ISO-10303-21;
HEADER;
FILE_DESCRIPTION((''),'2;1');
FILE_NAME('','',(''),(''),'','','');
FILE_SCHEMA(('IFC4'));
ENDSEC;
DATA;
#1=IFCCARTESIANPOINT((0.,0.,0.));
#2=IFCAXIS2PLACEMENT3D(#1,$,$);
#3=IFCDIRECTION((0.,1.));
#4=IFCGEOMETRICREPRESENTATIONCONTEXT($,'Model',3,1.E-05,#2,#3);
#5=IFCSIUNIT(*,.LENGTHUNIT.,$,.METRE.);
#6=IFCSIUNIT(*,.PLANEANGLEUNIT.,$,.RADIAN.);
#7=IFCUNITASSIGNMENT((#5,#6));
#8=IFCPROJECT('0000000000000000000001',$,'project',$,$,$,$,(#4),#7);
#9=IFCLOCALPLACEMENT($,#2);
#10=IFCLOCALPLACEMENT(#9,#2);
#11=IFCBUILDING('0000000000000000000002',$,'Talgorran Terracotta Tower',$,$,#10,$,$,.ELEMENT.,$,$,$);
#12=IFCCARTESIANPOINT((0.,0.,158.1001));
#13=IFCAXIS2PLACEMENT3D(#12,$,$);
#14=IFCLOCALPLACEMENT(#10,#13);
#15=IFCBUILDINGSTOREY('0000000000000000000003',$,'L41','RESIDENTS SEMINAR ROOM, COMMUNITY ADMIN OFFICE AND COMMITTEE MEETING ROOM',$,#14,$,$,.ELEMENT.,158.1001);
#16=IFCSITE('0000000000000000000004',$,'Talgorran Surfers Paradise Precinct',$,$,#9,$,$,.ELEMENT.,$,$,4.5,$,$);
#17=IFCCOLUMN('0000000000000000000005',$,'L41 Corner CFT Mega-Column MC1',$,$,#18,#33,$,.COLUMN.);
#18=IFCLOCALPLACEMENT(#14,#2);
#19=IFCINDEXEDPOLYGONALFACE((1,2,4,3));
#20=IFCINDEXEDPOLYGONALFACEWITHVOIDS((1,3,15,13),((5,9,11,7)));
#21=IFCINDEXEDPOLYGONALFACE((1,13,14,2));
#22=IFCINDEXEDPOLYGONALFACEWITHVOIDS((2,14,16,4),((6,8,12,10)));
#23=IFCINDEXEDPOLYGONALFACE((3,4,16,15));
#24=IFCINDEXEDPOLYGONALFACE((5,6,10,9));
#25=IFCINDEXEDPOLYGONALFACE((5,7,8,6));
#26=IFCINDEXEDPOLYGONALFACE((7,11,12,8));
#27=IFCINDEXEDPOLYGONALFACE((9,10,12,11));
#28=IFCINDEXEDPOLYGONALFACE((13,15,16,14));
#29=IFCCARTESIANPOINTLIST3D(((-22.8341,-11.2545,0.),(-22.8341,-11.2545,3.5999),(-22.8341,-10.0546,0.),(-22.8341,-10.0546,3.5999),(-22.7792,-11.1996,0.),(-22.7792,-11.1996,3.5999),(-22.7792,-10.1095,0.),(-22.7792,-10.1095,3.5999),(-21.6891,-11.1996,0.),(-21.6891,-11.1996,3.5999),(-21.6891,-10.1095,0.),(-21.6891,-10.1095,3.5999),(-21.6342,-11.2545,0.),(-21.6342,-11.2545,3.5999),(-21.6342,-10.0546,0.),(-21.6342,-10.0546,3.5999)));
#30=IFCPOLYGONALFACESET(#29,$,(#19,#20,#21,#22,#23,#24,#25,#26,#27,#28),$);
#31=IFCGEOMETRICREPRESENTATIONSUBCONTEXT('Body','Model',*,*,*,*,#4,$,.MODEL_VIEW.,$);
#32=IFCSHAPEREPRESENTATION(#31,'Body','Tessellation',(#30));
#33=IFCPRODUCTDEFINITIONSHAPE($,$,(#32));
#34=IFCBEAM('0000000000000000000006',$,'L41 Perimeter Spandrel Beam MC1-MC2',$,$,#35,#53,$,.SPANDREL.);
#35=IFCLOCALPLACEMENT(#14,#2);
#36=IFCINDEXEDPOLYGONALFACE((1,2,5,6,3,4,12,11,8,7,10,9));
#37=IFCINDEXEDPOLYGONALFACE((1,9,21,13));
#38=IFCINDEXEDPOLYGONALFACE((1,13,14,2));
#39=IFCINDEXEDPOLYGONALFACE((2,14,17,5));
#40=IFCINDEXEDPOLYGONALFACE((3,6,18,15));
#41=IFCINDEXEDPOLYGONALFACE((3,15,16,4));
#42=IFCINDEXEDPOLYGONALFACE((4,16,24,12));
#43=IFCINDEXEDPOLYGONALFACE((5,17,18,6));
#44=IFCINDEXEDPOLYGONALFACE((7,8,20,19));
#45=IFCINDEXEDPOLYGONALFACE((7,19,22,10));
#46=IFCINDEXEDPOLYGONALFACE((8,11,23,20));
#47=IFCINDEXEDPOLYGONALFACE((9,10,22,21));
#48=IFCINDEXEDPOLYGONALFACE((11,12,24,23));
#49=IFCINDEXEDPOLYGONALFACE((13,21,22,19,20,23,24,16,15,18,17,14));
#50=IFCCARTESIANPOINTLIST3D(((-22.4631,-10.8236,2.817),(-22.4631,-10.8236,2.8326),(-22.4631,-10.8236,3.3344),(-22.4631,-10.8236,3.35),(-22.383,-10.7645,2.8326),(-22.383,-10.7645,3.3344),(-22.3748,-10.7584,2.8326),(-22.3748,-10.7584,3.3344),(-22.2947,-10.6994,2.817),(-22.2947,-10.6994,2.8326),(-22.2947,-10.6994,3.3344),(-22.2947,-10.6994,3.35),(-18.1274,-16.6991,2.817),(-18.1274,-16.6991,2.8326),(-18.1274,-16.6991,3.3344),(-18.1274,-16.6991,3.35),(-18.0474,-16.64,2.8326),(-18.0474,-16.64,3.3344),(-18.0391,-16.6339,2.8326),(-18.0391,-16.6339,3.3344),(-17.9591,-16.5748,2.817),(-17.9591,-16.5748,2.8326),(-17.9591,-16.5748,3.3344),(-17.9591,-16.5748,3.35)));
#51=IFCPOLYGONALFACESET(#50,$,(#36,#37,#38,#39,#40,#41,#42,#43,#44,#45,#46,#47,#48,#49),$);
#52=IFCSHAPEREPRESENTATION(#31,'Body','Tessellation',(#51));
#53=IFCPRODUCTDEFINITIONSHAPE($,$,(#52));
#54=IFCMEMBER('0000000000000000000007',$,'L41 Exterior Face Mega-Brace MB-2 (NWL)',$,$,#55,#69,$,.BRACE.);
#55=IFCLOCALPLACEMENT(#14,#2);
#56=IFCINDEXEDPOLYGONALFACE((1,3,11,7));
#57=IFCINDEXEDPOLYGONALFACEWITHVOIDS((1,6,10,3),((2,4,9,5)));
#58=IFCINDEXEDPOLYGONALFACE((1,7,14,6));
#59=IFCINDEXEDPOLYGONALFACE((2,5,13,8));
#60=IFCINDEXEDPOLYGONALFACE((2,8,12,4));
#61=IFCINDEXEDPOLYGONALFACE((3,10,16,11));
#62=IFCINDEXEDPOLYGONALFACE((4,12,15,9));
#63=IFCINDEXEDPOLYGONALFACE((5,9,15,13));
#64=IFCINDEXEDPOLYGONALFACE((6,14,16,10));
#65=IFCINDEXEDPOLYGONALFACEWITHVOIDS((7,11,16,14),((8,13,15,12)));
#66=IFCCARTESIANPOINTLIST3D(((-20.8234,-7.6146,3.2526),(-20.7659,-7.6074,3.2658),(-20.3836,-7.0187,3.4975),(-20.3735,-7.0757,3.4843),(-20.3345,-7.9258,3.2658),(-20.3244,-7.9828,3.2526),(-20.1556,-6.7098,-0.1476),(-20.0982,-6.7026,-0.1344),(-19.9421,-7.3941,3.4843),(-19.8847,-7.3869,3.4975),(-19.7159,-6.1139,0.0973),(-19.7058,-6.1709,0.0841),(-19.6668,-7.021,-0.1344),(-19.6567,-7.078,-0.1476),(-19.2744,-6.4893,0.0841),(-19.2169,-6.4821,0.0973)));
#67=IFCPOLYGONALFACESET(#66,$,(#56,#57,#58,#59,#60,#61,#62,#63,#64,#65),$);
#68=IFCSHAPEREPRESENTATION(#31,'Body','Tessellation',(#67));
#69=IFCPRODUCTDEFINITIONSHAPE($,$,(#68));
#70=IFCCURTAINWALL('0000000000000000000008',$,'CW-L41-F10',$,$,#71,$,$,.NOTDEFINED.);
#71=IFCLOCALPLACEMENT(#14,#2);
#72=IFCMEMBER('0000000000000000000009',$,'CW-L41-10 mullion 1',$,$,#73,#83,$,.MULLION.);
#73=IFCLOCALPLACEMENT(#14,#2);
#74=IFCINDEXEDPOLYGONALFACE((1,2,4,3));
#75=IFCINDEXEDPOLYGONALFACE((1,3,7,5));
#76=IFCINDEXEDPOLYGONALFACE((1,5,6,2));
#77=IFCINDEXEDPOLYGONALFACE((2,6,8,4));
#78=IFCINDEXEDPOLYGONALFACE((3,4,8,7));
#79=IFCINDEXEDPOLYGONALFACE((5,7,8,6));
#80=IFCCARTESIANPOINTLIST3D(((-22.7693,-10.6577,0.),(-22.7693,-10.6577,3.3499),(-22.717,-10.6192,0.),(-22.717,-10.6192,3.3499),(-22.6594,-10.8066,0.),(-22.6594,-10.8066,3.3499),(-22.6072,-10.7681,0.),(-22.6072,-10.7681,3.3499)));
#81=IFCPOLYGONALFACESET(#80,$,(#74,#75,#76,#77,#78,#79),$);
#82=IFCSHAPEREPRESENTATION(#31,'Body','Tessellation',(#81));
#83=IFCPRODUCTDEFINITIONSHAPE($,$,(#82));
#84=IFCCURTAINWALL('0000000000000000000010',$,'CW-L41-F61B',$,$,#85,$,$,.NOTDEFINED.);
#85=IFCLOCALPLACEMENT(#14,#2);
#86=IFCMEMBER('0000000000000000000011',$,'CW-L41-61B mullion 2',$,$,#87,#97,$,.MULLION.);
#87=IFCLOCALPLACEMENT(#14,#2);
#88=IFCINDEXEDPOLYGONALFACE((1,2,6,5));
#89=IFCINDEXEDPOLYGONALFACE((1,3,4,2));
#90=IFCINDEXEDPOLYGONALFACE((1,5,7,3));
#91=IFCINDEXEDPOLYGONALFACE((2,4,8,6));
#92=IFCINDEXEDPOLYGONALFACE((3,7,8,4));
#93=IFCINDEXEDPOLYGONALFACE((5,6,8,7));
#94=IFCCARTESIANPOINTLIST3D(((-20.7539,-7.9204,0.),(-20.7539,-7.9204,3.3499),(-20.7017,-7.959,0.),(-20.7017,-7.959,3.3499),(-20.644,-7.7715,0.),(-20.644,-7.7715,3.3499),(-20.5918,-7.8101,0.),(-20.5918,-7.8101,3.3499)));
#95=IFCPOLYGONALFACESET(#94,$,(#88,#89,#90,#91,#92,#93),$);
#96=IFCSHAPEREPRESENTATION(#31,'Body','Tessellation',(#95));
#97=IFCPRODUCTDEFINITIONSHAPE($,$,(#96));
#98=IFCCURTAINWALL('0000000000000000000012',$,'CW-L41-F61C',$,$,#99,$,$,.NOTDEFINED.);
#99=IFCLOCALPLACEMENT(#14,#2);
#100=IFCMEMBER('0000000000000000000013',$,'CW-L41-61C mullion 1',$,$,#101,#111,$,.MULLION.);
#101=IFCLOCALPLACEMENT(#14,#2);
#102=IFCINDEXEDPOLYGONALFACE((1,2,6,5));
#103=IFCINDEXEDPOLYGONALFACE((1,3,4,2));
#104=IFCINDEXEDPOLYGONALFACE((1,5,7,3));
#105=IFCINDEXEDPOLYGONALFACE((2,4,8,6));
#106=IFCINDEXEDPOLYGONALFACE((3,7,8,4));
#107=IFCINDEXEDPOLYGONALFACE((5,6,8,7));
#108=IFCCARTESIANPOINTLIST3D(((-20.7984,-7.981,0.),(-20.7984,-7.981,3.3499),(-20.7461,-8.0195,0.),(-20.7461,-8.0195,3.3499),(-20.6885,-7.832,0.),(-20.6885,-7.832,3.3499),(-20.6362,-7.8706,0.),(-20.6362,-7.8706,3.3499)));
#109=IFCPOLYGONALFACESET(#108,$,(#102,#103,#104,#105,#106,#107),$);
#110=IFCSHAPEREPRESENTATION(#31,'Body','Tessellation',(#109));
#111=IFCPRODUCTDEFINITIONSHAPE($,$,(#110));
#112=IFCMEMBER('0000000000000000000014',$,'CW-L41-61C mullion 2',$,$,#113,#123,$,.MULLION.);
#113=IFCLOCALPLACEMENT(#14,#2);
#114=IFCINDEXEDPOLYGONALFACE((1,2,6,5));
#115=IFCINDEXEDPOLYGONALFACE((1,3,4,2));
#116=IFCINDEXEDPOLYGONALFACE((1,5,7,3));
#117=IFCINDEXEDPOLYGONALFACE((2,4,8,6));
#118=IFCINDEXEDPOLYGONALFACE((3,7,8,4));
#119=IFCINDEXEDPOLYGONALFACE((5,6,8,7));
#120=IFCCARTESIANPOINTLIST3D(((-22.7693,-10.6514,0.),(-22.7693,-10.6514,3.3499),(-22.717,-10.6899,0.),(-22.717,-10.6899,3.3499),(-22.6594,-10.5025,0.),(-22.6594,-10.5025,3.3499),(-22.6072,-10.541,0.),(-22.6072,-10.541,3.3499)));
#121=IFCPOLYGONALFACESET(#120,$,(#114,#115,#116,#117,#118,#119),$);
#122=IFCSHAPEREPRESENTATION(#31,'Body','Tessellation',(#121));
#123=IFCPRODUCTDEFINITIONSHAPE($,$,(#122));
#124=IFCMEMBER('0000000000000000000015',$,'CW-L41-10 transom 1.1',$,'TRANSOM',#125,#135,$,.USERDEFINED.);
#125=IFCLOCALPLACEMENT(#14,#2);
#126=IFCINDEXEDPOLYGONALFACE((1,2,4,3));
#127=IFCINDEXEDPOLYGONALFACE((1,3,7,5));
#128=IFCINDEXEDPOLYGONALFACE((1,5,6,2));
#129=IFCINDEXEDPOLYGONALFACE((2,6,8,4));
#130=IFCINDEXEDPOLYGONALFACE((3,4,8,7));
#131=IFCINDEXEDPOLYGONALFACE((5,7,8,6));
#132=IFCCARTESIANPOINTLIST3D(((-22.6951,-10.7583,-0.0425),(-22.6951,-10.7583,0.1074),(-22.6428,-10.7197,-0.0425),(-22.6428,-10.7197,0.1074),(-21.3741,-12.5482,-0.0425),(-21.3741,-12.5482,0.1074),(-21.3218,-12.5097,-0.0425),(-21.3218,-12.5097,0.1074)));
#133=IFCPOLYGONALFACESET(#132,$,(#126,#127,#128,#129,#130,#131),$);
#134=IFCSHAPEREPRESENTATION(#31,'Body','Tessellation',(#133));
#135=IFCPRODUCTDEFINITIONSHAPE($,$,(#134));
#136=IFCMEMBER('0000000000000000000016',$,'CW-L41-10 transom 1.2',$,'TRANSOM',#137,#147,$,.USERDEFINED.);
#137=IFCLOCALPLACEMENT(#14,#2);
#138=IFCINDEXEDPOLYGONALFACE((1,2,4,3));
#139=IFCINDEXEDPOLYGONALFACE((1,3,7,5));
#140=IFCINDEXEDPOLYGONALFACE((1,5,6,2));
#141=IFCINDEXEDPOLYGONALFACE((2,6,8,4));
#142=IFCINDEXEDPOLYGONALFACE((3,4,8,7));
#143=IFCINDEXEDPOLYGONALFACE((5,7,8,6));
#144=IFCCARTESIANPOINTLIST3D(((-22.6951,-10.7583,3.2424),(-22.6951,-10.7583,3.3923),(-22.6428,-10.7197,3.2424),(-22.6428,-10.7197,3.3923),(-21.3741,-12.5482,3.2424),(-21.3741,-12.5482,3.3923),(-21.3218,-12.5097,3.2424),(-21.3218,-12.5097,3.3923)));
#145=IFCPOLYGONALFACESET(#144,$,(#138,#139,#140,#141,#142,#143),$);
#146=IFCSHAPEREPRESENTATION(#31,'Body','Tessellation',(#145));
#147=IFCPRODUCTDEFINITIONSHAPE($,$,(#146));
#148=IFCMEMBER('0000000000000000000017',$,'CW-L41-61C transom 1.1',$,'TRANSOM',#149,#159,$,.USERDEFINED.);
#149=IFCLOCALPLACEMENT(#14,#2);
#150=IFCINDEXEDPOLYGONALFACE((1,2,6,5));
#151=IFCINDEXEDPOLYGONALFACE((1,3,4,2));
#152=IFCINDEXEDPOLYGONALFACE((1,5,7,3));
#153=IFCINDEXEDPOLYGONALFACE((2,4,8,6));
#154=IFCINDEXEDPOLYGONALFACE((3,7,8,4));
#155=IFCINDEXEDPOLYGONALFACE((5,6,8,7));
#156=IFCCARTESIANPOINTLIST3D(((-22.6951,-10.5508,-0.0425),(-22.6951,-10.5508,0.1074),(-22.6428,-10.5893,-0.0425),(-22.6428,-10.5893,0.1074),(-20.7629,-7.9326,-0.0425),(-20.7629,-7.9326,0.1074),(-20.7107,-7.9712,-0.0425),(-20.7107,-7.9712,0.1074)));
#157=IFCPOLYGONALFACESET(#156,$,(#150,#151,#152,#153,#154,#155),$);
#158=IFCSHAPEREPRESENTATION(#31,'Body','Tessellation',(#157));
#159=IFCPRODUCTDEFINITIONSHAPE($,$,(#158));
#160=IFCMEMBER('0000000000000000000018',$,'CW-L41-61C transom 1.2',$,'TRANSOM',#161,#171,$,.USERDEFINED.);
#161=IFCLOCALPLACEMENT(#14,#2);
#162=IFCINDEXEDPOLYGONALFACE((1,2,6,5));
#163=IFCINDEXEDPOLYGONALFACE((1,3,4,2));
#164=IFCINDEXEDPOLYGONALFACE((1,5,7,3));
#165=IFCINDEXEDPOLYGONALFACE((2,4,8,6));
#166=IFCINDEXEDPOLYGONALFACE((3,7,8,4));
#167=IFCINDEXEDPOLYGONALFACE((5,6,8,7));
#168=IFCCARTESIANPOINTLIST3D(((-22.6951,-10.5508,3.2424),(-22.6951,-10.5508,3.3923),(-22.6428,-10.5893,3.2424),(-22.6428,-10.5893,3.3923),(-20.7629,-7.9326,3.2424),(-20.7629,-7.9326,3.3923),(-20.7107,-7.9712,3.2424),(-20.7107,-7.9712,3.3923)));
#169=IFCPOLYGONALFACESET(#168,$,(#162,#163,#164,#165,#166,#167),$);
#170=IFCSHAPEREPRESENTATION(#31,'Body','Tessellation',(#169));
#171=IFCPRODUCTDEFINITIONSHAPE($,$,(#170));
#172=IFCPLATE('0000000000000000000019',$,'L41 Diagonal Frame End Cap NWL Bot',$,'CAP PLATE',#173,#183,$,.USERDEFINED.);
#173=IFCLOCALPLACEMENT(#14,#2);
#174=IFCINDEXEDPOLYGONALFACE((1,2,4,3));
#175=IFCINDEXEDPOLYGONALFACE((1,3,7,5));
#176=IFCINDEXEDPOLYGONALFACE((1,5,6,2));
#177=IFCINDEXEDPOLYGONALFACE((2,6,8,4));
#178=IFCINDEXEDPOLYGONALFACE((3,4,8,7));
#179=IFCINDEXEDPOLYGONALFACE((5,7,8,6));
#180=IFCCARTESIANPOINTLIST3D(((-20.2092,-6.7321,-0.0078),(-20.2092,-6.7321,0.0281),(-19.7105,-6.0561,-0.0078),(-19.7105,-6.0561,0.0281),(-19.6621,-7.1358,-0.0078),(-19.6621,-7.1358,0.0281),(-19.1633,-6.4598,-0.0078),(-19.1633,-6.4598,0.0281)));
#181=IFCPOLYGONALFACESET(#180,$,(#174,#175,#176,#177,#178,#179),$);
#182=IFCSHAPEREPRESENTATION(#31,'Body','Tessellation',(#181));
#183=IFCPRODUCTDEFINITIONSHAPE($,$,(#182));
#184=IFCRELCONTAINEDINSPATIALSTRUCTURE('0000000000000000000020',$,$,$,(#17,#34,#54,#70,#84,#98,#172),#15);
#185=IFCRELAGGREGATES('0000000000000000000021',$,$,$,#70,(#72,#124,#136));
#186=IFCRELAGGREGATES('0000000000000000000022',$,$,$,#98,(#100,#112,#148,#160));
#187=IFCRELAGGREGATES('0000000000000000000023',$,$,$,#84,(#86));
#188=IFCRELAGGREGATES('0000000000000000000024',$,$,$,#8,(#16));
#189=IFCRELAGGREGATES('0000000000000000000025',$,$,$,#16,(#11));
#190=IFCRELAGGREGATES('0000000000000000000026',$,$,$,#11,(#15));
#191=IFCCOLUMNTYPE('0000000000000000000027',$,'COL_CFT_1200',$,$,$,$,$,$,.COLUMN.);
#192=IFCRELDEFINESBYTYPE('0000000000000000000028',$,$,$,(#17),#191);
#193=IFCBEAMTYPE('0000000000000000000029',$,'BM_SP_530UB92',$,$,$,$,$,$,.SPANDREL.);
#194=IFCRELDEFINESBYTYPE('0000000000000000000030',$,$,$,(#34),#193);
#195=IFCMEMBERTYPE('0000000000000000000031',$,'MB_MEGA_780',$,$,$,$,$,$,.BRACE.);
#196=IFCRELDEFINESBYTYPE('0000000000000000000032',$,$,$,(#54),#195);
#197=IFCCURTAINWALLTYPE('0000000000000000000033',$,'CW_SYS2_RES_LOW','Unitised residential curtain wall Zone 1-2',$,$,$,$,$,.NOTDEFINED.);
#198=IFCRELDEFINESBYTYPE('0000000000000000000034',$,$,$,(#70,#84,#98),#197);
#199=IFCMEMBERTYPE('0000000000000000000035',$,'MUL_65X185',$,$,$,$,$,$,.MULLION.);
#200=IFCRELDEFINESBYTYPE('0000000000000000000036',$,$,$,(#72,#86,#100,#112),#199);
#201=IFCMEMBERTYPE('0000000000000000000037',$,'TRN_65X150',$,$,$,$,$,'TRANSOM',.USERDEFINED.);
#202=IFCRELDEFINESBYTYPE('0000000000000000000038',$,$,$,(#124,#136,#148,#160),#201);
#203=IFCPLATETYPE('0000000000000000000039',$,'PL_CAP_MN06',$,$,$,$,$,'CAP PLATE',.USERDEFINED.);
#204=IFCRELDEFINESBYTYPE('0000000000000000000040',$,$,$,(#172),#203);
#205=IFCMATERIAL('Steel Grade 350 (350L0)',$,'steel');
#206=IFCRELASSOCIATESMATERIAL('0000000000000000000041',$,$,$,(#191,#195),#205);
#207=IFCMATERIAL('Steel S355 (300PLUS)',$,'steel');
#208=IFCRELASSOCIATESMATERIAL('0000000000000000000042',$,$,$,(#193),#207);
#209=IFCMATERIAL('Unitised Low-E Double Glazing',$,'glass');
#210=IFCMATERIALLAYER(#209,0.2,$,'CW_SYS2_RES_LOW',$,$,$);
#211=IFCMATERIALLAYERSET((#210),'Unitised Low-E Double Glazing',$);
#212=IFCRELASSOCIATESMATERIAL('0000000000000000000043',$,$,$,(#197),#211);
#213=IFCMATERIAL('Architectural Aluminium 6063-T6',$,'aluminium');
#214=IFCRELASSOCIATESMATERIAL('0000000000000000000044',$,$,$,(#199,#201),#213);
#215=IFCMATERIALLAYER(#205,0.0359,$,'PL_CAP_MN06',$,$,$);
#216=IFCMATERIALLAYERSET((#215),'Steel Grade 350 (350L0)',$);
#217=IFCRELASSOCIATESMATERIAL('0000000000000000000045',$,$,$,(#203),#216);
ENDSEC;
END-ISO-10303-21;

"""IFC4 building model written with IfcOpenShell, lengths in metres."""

from ifc_helpers import new_model, si_unit, direction, frame, origin, origin_2d, place, context, subcontext, project, spatial, rectangle, hollow_rectangle, i_section, extrude, material, layer, layer_set, material_profile, profile_set, type_object, element, aggregate, save


model = new_model("IFC4")

# Units and contexts
model_context = context("Model", 3, precision=1e-05, world=origin(), true_north=direction((0.0, 1.0)))
body_context = subcontext(model_context, "Body", "Model", "MODEL_VIEW")
ifc_project = project(units=[si_unit("LENGTHUNIT", "METRE"), si_unit("PLANEANGLEUNIT", "RADIAN")], contexts=[model_context])

# Site, building, storey
site_placement = place(None, origin())
site = spatial("IfcSite", under=ifc_project, at=site_placement, Name="Talgorran Surfers Paradise Precinct", CompositionType="ELEMENT", RefElevation=4.5)
building_placement = place(site_placement, origin())
building = spatial("IfcBuilding", under=site, at=building_placement, Name="Talgorran Terracotta Tower", CompositionType="ELEMENT")
storey_placement = place(building_placement, frame((0.0, 0.0, 158.1001)))
storey = spatial("IfcBuildingStorey", under=building, at=storey_placement, Name="L41", Description="RESIDENTS SEMINAR ROOM, COMMUNITY ADMIN OFFICE AND COMMITTEE MEETING ROOM", CompositionType="ELEMENT", Elevation=158.1001)

# Column
ifc_material_1 = material(Name="Steel Grade 350 (350L0)", Category="steel")
ifc_material_profile_1 = material_profile(ifc_material_1, hollow_rectangle(XDim=1.2, YDim=1.2, WallThickness=0.0549, at=origin_2d()), Name="CFT1200X1200X55")
ifc_profile_set_1 = profile_set([ifc_material_profile_1], Name="Steel Grade 350 (350L0)")
column_type = type_object("IfcColumnType", Name="COL_CFT_1200", PredefinedType="COLUMN", material=ifc_profile_set_1)
column_placement = place(storey_placement, frame((-22.2341, -10.6545, 0.0), z_axis=(0.0, 0.0, 1.0), x_axis=(1.0, 0.0, 0.0)))
element("IfcColumn", 1, at=column_placement, inside=storey, type_object=column_type, Name="L41 Corner CFT Mega-Column MC1", PredefinedType="COLUMN", context=body_context, shape_type="SweptSolid", body=[
    extrude(hollow_rectangle(XDim=1.2, YDim=1.2, WallThickness=0.0549, at=origin_2d()), origin(), (0.0, 0.0, 1.0), 3.5999),
])

# Beam
ifc_material_2 = material(Name="Steel S355 (300PLUS)", Category="steel")
ifc_material_profile_2 = material_profile(ifc_material_2, i_section(OverallWidth=0.2092, OverallDepth=0.533, WebThickness=0.0103, FlangeThickness=0.0156, at=origin_2d()), Name="530UB92.4")
ifc_profile_set_2 = profile_set([ifc_material_profile_2], Name="Steel S355 (300PLUS)")
beam_type = type_object("IfcBeamType", Name="BM_SP_530UB92", PredefinedType="SPANDREL", material=ifc_profile_set_2)
beam_placement = place(storey_placement, frame((-22.3789, -10.7615, 3.0835), z_axis=(0.593766, -0.804638, 0.0), x_axis=(0.804638, 0.593766, 0.0)))
element("IfcBeam", 2, at=beam_placement, inside=storey, type_object=beam_type, Name="L41 Perimeter Spandrel Beam MC1-MC2", PredefinedType="SPANDREL", context=body_context, shape_type="SweptSolid", body=[
    extrude(i_section(OverallWidth=0.2092, OverallDepth=0.533, WebThickness=0.0103, FlangeThickness=0.0156, at=origin_2d()), origin(), (0.0, 0.0, 1.0), 7.302),
])

# Member
ifc_material_profile_3 = material_profile(ifc_material_1, hollow_rectangle(XDim=0.6201, YDim=0.78, WallThickness=0.042, at=origin_2d()), Name="WBOX780X620X42")
ifc_profile_set_3 = profile_set([ifc_material_profile_3], Name="Steel Grade 350 (350L0)")
member_type_1 = type_object("IfcMemberType", Name="MB_MEGA_780", PredefinedType="BRACE", material=ifc_profile_set_3)
member_1_placement = place(storey_placement, frame((-19.6863, -6.5959, -0.0251), z_axis=(-0.186449, -0.252644, 0.949425), x_axis=(0.804614, -0.593799, 0.0)))
element("IfcMember", 3, at=member_1_placement, inside=storey, type_object=member_type_1, Name="L41 Exterior Face Mega-Brace MB-2 (NWL)", PredefinedType="BRACE", context=body_context, shape_type="SweptSolid", body=[
    extrude(hollow_rectangle(XDim=0.6201, YDim=0.78, WallThickness=0.042, at=origin_2d()), origin(), (0.0, 0.0, 1.0), 3.5813),
])

# Curtain walls, members
ifc_material_3 = material(Name="Unitised Low-E Double Glazing", Category="glass")
ifc_layer_1 = layer(ifc_material_3, 0.2, Name="CW_SYS2_RES_LOW")
ifc_layer_set_1 = layer_set([ifc_layer_1], Name="Unitised Low-E Double Glazing")
curtain_wall_type = type_object("IfcCurtainWallType", Name="CW_SYS2_RES_LOW", Description="Unitised residential curtain wall Zone 1-2", PredefinedType="NOTDEFINED", material=ifc_layer_set_1)
curtain_wall_1_placement = place(storey_placement, origin())
curtain_wall_1 = element("IfcCurtainWall", 4, at=curtain_wall_1_placement, inside=storey, type_object=curtain_wall_type, Name="CW-L41-F10", PredefinedType="NOTDEFINED")
ifc_material_4 = material(Name="Architectural Aluminium 6063-T6", Category="aluminium")
ifc_material_profile_4 = material_profile(ifc_material_4, rectangle(XDim=0.0649, YDim=0.1851, at=origin_2d()), Name="CWM65X185")
ifc_profile_set_4 = profile_set([ifc_material_profile_4], Name="Architectural Aluminium 6063-T6")
member_type_2 = type_object("IfcMemberType", Name="MUL_65X185", PredefinedType="MULLION", material=ifc_profile_set_4)
member_2_placement = place(storey_placement, frame((-22.6882, -10.7129, 0.0), z_axis=(0.0, 0.0, 1.0), x_axis=(0.804619, 0.593791, 0.0)))
member_2 = element("IfcMember", 5, at=member_2_placement, type_object=member_type_2, Name="CW-L41-10 mullion 1", PredefinedType="MULLION", context=body_context, shape_type="SweptSolid", body=[
    extrude(rectangle(XDim=0.0649, YDim=0.1851, at=origin_2d()), origin(), (0.0, 0.0, 1.0), 3.3499),
])
curtain_wall_2_placement = place(storey_placement, origin())
curtain_wall_2 = element("IfcCurtainWall", 6, at=curtain_wall_2_placement, inside=storey, type_object=curtain_wall_type, Name="CW-L41-F61B", PredefinedType="NOTDEFINED")
member_3_placement = place(storey_placement, frame((-20.6729, -7.8652, 0.0), z_axis=(0.0, 0.0, 1.0), x_axis=(0.804615, -0.593797, 0.0)))
member_3 = element("IfcMember", 7, at=member_3_placement, type_object=member_type_2, Name="CW-L41-61B mullion 2", PredefinedType="MULLION", context=body_context, shape_type="SweptSolid", body=[
    extrude(rectangle(XDim=0.0649, YDim=0.1851, at=origin_2d()), origin(), (0.0, 0.0, 1.0), 3.3499),
])

# Curtain wall, members
curtain_wall_3_placement = place(storey_placement, origin())
curtain_wall_3 = element("IfcCurtainWall", 8, at=curtain_wall_3_placement, inside=storey, type_object=curtain_wall_type, Name="CW-L41-F61C", PredefinedType="NOTDEFINED")
member_4_placement = place(storey_placement, frame((-20.7173, -7.9258, 0.0), z_axis=(0.0, 0.0, 1.0), x_axis=(0.804614, -0.593798, 0.0)))
member_4 = element("IfcMember", 9, at=member_4_placement, type_object=member_type_2, Name="CW-L41-61C mullion 1", PredefinedType="MULLION", context=body_context, shape_type="SweptSolid", body=[
    extrude(rectangle(XDim=0.0649, YDim=0.1851, at=origin_2d()), origin(), (0.0, 0.0, 1.0), 3.3499),
])
member_5_placement = place(storey_placement, frame((-22.6882, -10.5962, 0.0), z_axis=(0.0, 0.0, 1.0), x_axis=(0.804614, -0.593798, 0.0)))
member_5 = element("IfcMember", 10, at=member_5_placement, type_object=member_type_2, Name="CW-L41-61C mullion 2", PredefinedType="MULLION", context=body_context, shape_type="SweptSolid", body=[
    extrude(rectangle(XDim=0.0649, YDim=0.1851, at=origin_2d()), origin(), (0.0, 0.0, 1.0), 3.3499),
])

# Members
ifc_material_profile_5 = material_profile(ifc_material_4, rectangle(XDim=0.0649, YDim=0.1499, at=origin_2d()), Name="CWT65X150")
ifc_profile_set_5 = profile_set([ifc_material_profile_5], Name="Architectural Aluminium 6063-T6")
member_type_3 = type_object("IfcMemberType", Name="TRN_65X150", ElementType="TRANSOM", PredefinedType="USERDEFINED", material=ifc_profile_set_5)
member_6_placement = place(storey_placement, frame((-22.6689, -10.739, 0.0325), z_axis=(0.593802, -0.804612, 0.0), x_axis=(0.804612, 0.593802, 0.0)))
member_6 = element("IfcMember", 11, at=member_6_placement, type_object=member_type_3, Name="CW-L41-10 transom 1.1", ObjectType="TRANSOM", PredefinedType="USERDEFINED", context=body_context, shape_type="SweptSolid", body=[
    extrude(rectangle(XDim=0.0649, YDim=0.1499, at=origin_2d()), origin(), (0.0, 0.0, 1.0), 2.2246),
])
member_7_placement = place(storey_placement, frame((-22.6689, -10.739, 3.3174), z_axis=(0.593802, -0.804612, 0.0), x_axis=(0.804612, 0.593802, 0.0)))
member_7 = element("IfcMember", 12, at=member_7_placement, type_object=member_type_3, Name="CW-L41-10 transom 1.2", ObjectType="TRANSOM", PredefinedType="USERDEFINED", context=body_context, shape_type="SweptSolid", body=[
    extrude(rectangle(XDim=0.0649, YDim=0.1499, at=origin_2d()), origin(), (0.0, 0.0, 1.0), 2.2246),
])
aggregate(curtain_wall_1, [member_2, member_6, member_7])
member_8_placement = place(storey_placement, frame((-20.7368, -7.9519, 0.0325), z_axis=(-0.593788, -0.804622, 0.0), x_axis=(0.804622, -0.593788, 0.0)))
member_8 = element("IfcMember", 13, at=member_8_placement, type_object=member_type_3, Name="CW-L41-61C transom 1.1", ObjectType="TRANSOM", PredefinedType="USERDEFINED", context=body_context, shape_type="SweptSolid", body=[
    extrude(rectangle(XDim=0.0649, YDim=0.1499, at=origin_2d()), origin(), (0.0, 0.0, 1.0), 3.2539),
])
member_9_placement = place(storey_placement, frame((-20.7368, -7.9519, 3.3174), z_axis=(-0.593788, -0.804622, 0.0), x_axis=(0.804622, -0.593788, 0.0)))
member_9 = element("IfcMember", 14, at=member_9_placement, type_object=member_type_3, Name="CW-L41-61C transom 1.2", ObjectType="TRANSOM", PredefinedType="USERDEFINED", context=body_context, shape_type="SweptSolid", body=[
    extrude(rectangle(XDim=0.0649, YDim=0.1499, at=origin_2d()), origin(), (0.0, 0.0, 1.0), 3.2539),
])

# Plate
ifc_layer_2 = layer(ifc_material_1, 0.0359, Name="PL_CAP_MN06")
ifc_layer_set_2 = layer_set([ifc_layer_2], Name="Steel Grade 350 (350L0)")
plate_type_1 = type_object("IfcPlateType", Name="PL_CAP_MN06", ElementType="CAP PLATE", PredefinedType="USERDEFINED", material=ifc_layer_set_2)
for number, where, z_axis, x_axis, name in (
    (15, (-19.6863, -6.5959, -0.0078), (0.0, 0.0, 1.0), (-0.5937, -0.804687, 0.0), "L41 Diagonal Frame End Cap NWL Bot"),
):
    element("IfcPlate", number, at=place(storey_placement, frame(where, z_axis=z_axis, x_axis=x_axis)), inside=storey, type_object=plate_type_1, Name=name, ObjectType="CAP PLATE", PredefinedType="USERDEFINED", context=body_context, shape_type="SweptSolid", body=[
        extrude(rectangle(XDim=0.8401, YDim=0.6799, at=origin_2d()), origin(), (0.0, 0.0, 1.0), 0.0359),
    ])

aggregate(curtain_wall_3, [member_4, member_5, member_8, member_9])
aggregate(curtain_wall_2, [member_3])

save(model, "model.ifc")
